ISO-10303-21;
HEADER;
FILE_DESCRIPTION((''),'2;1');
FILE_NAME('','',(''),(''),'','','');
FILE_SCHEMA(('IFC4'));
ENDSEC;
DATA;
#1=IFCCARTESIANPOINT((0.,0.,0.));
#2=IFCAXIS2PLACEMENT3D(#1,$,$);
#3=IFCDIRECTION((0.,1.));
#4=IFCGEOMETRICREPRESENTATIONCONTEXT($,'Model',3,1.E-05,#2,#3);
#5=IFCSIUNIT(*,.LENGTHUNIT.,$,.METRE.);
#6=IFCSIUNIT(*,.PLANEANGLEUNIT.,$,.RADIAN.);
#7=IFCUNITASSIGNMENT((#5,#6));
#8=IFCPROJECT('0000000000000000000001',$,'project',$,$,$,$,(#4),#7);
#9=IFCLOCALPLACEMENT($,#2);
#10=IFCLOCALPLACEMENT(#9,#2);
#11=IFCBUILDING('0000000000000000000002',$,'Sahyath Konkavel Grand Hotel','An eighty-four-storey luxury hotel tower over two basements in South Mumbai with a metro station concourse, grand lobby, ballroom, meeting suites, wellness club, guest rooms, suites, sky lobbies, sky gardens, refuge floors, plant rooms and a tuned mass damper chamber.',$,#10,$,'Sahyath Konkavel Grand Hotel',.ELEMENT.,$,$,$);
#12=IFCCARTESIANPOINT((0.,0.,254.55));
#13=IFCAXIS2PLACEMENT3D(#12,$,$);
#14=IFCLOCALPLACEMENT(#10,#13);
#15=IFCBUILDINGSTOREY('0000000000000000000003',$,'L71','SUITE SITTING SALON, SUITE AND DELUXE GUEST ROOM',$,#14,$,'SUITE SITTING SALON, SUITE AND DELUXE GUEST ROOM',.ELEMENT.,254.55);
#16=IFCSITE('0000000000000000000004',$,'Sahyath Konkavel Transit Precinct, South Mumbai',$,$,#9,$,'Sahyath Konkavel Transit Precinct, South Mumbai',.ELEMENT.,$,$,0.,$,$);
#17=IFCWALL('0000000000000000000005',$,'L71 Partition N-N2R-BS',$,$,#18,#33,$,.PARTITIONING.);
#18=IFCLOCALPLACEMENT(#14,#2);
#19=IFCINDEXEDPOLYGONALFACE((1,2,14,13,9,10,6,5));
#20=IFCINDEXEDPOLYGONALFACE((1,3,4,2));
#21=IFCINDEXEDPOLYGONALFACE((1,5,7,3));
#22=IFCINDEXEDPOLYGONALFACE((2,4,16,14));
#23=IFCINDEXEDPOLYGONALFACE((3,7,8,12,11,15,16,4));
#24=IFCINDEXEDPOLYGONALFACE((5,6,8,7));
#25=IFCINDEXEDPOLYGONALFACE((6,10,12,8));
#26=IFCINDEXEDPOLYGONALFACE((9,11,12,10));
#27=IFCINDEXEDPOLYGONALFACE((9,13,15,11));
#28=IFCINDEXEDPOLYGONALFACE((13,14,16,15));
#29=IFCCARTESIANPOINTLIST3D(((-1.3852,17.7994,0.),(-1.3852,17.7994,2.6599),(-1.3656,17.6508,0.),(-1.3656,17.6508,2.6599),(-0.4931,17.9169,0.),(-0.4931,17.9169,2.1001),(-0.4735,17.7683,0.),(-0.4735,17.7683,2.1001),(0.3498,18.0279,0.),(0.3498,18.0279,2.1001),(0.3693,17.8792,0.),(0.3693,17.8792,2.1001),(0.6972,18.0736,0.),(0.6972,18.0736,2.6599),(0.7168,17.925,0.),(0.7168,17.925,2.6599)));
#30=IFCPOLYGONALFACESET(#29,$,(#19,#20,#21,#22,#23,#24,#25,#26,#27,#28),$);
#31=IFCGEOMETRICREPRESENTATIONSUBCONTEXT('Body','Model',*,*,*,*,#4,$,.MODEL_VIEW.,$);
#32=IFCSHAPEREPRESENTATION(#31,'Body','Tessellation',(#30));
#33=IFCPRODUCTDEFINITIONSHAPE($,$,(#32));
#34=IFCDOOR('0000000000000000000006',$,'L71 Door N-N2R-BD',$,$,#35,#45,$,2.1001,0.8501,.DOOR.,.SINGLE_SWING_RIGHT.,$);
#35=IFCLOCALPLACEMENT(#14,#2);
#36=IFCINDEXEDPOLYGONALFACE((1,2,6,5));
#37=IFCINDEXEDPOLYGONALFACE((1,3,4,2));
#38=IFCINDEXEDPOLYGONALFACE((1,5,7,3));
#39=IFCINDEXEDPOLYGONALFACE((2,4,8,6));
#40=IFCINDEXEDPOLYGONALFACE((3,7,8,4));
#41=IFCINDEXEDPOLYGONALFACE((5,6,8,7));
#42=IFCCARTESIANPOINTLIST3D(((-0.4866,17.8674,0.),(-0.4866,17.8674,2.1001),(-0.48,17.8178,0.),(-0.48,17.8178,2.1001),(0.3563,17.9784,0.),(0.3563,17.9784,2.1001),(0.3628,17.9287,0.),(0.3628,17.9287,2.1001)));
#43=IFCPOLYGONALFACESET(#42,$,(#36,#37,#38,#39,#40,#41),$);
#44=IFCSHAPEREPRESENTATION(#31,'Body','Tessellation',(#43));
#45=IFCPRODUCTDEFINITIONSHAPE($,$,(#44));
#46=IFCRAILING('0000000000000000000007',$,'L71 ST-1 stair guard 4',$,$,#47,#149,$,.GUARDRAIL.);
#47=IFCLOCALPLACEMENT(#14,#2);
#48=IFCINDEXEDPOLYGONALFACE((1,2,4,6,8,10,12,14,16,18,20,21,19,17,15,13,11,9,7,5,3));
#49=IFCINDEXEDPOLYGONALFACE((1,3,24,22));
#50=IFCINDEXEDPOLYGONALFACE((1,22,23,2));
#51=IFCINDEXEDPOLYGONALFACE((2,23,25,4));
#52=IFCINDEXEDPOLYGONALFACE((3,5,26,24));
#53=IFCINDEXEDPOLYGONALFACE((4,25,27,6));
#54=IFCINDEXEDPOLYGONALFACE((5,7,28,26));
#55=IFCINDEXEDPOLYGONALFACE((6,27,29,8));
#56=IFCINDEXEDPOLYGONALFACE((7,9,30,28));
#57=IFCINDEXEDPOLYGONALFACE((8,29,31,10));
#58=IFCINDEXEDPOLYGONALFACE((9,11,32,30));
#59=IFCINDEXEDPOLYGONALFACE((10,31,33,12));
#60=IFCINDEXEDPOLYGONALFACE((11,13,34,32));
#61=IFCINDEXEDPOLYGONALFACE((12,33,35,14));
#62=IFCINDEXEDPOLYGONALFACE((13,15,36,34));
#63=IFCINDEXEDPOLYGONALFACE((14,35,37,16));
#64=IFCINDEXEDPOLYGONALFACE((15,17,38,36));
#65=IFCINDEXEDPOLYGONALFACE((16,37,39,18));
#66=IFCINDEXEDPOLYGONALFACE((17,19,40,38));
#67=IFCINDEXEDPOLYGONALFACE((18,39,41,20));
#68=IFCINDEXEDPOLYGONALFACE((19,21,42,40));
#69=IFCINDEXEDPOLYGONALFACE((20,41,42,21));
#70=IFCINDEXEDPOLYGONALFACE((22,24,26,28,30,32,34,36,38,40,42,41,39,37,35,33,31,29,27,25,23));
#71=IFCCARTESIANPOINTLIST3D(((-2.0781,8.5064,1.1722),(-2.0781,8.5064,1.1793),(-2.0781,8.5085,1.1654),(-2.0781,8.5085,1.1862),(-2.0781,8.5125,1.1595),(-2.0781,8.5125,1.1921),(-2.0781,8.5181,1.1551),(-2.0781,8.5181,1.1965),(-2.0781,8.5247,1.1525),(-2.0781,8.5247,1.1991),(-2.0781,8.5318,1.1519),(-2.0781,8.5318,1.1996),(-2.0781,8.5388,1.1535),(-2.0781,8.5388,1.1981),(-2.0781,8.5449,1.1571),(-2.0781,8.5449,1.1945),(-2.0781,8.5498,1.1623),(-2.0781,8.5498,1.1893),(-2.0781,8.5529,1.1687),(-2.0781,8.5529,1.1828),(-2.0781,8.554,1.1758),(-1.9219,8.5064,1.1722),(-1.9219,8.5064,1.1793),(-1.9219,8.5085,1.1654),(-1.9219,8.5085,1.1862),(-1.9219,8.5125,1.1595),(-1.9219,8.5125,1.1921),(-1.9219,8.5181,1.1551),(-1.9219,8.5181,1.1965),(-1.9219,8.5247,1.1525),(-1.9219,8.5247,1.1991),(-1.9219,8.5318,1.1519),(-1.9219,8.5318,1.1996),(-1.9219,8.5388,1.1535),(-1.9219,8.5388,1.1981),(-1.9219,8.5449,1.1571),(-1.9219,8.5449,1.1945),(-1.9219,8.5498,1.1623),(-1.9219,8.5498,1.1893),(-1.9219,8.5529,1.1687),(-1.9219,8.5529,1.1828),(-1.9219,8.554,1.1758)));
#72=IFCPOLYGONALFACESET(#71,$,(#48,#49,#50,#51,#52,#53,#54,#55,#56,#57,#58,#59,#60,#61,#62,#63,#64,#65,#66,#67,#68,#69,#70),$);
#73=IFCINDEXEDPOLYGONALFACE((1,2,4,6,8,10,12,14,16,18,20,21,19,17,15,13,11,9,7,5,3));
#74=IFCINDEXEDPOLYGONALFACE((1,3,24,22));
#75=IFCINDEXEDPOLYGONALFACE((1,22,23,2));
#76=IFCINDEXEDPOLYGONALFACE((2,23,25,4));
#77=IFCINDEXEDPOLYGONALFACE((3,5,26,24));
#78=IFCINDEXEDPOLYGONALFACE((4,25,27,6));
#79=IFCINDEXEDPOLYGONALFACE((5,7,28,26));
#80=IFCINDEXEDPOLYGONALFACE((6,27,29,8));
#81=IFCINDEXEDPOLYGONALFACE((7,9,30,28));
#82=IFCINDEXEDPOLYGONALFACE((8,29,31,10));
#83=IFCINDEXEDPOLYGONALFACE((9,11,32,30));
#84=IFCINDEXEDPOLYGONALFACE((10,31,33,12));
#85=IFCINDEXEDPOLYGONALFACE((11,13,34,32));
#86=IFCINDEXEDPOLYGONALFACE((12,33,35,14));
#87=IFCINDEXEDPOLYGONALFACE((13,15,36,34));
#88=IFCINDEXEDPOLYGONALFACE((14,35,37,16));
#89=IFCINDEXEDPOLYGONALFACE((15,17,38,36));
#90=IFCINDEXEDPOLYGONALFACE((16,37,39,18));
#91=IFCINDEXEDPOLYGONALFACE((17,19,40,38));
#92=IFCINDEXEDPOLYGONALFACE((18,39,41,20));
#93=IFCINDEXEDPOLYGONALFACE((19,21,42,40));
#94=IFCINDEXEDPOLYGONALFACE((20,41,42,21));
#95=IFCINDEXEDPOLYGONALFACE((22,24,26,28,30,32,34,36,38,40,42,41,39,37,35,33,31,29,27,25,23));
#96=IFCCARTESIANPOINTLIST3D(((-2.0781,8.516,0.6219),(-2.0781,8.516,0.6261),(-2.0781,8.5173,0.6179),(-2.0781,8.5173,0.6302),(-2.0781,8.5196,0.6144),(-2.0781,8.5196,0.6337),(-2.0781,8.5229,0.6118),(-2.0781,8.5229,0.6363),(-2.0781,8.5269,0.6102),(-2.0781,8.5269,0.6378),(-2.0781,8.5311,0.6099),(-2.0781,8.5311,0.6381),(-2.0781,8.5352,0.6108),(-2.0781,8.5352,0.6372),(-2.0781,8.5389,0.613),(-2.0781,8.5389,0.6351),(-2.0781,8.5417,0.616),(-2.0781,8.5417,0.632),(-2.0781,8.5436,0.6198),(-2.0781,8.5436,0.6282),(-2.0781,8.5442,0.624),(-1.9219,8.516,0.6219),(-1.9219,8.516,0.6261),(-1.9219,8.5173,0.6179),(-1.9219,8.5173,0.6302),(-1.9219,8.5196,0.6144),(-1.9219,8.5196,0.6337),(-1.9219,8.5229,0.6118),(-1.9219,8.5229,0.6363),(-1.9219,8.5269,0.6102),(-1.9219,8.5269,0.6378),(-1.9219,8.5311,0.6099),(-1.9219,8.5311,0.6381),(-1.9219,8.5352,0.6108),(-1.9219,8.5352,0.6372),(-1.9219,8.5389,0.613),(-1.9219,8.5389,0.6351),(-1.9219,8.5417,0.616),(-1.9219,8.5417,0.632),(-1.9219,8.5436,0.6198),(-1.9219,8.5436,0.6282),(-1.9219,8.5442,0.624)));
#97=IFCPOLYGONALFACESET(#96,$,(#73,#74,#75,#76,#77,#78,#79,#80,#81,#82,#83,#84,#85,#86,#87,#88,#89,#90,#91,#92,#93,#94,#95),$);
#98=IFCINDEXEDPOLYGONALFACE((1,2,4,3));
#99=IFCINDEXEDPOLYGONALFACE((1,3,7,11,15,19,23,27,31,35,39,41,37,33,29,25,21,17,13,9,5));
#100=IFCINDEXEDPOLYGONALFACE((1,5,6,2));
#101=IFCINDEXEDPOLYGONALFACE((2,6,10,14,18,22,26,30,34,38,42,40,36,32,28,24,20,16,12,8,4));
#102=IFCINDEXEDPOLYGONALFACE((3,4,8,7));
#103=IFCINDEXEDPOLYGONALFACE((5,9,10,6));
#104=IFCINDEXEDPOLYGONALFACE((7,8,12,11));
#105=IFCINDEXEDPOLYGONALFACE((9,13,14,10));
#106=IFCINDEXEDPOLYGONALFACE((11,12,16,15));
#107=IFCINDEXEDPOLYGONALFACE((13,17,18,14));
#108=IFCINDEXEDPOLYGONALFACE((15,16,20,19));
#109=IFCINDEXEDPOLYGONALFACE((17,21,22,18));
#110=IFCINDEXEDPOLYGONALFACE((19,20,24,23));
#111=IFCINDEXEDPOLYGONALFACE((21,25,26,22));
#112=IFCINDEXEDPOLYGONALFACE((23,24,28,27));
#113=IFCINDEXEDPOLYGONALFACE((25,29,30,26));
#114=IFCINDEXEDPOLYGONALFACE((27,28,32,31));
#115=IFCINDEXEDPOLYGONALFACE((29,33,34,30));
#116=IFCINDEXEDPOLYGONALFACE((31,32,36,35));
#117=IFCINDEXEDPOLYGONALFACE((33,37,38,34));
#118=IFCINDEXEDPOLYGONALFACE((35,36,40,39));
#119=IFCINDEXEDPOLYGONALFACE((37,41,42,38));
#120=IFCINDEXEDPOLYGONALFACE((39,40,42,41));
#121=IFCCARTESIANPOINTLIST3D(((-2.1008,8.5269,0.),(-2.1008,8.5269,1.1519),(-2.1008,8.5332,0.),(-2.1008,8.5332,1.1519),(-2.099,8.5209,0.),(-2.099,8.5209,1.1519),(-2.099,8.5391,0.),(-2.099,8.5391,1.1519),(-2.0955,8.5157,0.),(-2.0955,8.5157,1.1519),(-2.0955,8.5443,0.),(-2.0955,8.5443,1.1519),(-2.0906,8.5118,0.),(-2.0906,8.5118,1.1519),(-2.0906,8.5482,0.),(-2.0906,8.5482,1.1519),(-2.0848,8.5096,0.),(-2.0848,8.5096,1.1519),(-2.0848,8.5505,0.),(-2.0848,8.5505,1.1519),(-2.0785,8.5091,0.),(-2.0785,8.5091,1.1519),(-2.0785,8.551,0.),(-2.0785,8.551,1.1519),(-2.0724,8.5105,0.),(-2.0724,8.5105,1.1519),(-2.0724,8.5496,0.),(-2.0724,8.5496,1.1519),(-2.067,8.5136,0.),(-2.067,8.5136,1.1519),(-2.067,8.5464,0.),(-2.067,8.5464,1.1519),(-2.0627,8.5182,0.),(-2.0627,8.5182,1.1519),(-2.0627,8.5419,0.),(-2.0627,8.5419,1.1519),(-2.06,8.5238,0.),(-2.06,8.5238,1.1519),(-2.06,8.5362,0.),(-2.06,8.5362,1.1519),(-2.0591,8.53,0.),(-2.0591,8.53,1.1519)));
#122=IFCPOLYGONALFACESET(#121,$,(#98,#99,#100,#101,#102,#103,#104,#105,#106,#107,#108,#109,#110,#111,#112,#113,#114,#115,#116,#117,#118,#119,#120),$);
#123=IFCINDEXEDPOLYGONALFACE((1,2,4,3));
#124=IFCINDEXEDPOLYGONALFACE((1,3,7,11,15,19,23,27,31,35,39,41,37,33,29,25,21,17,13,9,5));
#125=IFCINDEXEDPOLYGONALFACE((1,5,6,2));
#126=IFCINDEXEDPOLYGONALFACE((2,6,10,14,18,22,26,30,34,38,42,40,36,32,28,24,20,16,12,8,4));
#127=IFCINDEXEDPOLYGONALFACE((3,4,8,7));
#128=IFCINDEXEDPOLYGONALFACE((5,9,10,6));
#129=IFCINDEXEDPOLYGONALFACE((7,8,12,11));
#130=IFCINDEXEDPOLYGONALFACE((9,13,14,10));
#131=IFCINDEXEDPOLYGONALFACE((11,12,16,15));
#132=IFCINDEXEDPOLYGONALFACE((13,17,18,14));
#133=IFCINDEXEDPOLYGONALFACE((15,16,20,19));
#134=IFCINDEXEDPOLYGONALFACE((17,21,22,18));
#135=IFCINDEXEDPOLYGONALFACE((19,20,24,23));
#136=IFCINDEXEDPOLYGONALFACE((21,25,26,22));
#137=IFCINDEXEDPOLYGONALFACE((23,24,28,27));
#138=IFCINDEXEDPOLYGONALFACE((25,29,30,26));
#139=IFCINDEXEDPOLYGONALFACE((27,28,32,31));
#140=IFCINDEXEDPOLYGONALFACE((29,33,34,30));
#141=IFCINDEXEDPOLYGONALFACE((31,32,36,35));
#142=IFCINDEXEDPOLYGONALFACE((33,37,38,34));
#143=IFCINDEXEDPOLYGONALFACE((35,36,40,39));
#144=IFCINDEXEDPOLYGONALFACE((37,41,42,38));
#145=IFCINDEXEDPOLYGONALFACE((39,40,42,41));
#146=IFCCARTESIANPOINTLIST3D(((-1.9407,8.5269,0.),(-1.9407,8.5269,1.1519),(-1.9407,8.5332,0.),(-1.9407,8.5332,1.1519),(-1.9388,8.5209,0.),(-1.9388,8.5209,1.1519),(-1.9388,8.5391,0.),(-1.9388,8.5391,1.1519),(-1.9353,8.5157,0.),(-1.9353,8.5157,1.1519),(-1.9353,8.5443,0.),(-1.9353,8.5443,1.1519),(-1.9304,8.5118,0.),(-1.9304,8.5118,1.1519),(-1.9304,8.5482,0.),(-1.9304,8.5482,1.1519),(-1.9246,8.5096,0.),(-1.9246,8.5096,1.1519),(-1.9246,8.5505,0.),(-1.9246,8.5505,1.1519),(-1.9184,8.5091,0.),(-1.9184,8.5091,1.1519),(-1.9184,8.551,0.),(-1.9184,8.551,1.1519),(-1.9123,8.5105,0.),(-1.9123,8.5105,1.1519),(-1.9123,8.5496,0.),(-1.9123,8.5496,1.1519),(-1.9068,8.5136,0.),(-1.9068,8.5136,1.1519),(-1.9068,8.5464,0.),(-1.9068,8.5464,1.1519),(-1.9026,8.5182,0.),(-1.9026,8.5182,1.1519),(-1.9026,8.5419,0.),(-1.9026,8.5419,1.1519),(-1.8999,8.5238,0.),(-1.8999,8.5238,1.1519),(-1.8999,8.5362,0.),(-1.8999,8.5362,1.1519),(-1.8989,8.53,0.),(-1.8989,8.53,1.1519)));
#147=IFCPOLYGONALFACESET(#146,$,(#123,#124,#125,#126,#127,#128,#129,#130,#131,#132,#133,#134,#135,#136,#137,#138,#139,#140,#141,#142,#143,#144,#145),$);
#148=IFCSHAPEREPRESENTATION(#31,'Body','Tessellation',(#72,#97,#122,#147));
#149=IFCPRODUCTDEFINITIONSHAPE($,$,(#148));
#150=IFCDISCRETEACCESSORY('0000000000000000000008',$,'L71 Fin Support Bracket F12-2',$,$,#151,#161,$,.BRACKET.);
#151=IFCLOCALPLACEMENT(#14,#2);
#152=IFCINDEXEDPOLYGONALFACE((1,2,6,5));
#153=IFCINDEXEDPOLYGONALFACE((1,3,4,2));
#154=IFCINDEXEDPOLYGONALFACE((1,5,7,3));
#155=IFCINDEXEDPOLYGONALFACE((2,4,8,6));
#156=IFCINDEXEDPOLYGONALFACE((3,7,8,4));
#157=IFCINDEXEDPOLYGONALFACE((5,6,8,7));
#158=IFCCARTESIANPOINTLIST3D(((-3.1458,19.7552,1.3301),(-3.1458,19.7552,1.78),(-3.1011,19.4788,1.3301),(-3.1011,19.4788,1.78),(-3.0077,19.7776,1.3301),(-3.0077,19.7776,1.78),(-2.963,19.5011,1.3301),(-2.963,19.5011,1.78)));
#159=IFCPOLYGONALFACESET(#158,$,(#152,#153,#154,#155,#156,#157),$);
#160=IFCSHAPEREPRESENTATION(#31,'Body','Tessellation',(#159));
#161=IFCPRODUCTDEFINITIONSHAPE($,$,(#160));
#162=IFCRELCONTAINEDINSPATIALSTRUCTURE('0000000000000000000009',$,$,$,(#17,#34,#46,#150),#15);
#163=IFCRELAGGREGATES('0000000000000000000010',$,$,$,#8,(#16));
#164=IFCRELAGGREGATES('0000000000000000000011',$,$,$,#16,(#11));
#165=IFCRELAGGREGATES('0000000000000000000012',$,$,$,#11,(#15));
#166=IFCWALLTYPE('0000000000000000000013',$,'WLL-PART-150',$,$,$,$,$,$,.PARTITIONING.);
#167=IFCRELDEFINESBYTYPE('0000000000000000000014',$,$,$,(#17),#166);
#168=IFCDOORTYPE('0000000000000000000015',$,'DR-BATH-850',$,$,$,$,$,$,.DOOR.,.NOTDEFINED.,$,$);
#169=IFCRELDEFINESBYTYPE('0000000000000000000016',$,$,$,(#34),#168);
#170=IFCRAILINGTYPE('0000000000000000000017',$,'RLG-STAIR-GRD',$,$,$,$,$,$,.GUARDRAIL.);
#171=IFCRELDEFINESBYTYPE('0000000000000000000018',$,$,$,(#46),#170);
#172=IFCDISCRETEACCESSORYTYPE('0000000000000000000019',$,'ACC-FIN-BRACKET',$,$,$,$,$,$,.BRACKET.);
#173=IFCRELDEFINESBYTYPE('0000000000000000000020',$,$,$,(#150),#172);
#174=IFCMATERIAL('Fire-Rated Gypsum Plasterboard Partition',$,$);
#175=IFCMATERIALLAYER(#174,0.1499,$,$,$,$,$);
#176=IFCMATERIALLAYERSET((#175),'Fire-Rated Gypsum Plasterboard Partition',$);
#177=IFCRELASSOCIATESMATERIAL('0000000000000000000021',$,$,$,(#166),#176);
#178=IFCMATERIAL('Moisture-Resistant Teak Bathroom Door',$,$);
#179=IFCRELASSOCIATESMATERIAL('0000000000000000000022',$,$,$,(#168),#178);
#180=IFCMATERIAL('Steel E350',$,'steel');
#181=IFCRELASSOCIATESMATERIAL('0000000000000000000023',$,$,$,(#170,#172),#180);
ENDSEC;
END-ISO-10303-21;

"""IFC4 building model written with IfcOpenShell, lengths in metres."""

from ifc_helpers import new_model, si_unit, direction, frame, frame_2d, origin, origin_2d, place, context, subcontext, project, spatial, rectangle, circle, extrude, source, transform, mapped, material, layer, layer_set, type_object, element, fill, save


model = new_model("IFC4")

# Units and contexts
model_context = context("Model", 3, precision=1e-05, world=origin(), true_north=direction((0.0, 1.0)))
body_context = subcontext(model_context, "Body", "Model", "MODEL_VIEW")
ifc_project = project(units=[si_unit("LENGTHUNIT", "METRE"), si_unit("PLANEANGLEUNIT", "RADIAN")], contexts=[model_context])

# Site, building, storey
site_placement = place(None, origin())
site = spatial("IfcSite", under=ifc_project, at=site_placement, Name="Sahyath Konkavel Transit Precinct, South Mumbai", LongName="Sahyath Konkavel Transit Precinct, South Mumbai", CompositionType="ELEMENT", RefElevation=0.0)
building_placement = place(site_placement, origin())
building = spatial("IfcBuilding", under=site, at=building_placement, Name="Sahyath Konkavel Grand Hotel", Description="An eighty-four-storey luxury hotel tower over two basements in South Mumbai with a metro station concourse, grand lobby, ballroom, meeting suites, wellness club, guest rooms, suites, sky lobbies, sky gardens, refuge floors, plant rooms and a tuned mass damper chamber.", LongName="Sahyath Konkavel Grand Hotel", CompositionType="ELEMENT")
storey_placement = place(building_placement, frame((0.0, 0.0, 254.55)))
storey = spatial("IfcBuildingStorey", under=building, at=storey_placement, Name="L71", Description="SUITE SITTING SALON, SUITE AND DELUXE GUEST ROOM", LongName="SUITE SITTING SALON, SUITE AND DELUXE GUEST ROOM", CompositionType="ELEMENT", Elevation=254.55)

# Shared definitions
ifc_material_1 = material(Name="Steel E350", Category="steel")

# Shared definitions
ifc_material_2 = material(Name="Fire-Rated Gypsum Plasterboard Partition")
ifc_layer_1 = layer(ifc_material_2, 0.1499)
ifc_layer_set_1 = layer_set([ifc_layer_1], Name="Fire-Rated Gypsum Plasterboard Partition")
wall_type_1 = type_object("IfcWallType", Name="WLL-PART-150", PredefinedType="PARTITIONING", material=ifc_layer_set_1)
shared_shape_1 = source(origin(), body_context, "Body", "SweptSolid", [
    extrude(rectangle(XDim=0.8501, YDim=0.05, at=origin_2d()), origin(), (0.0, 0.0, 1.0), 2.1001),
])

# Wall, opening, door
wall_1_placement = place(storey_placement, frame((-1.3755, 17.7251, 0.0), z_axis=(0.0, 0.0, 1.0), x_axis=(0.991443, 0.130542, 0.0)))
wall_1 = element("IfcWall", 1, at=wall_1_placement, inside=storey, type_object=wall_type_1, Name="L71 Partition N-N2R-BS", PredefinedType="PARTITIONING", context=body_context, shape_type="SweptSolid", body=[
    extrude(rectangle(XDim=2.1003, YDim=0.1499, at=frame_2d((1.0503, 0.0))), origin(), (0.0, 0.0, 1.0), 2.6599),
])
opening_1_placement = place(wall_1_placement, frame((0.8999, 0.0, 0.0)))
opening_1 = element("IfcOpeningElement", 2, at=opening_1_placement, cuts=wall_1, PredefinedType="OPENING", context=body_context, shape_type="SweptSolid", body=[
    extrude(rectangle(XDim=0.8501, YDim=2.1001, at=frame_2d((0.425, 1.05))), frame((0.0, 0.085, 0.0), z_axis=(0.0, -1.0, 0.0), x_axis=(1.0, 0.0, 0.0)), (0.0, 0.0, 1.0), 0.1699),
])
ifc_material_3 = material(Name="Moisture-Resistant Teak Bathroom Door")
door_type_1 = type_object("IfcDoorType", Name="DR-BATH-850", OperationType="NOTDEFINED", PredefinedType="DOOR", material=ifc_material_3)
door_1_placement = place(opening_1_placement, frame((0.425, 0.0, 0.0)))
door_1 = element("IfcDoor", 3, at=door_1_placement, inside=storey, type_object=door_type_1, Name="L71 Door N-N2R-BD", OperationType="SINGLE_SWING_RIGHT", OverallHeight=2.1001, OverallWidth=0.8501, PredefinedType="DOOR", context=body_context, shape_type="MappedRepresentation", body=[
    mapped(shared_shape_1, transform((0.0, 0.0, 0.0), scale=1.0)),
])
fill(opening_1, door_1)

# Railing
railing_type = type_object("IfcRailingType", Name="RLG-STAIR-GRD", PredefinedType="GUARDRAIL", material=ifc_material_1)
railing_placement = place(storey_placement, frame((-2.0801, 8.53, 0.0)))
element("IfcRailing", 4, at=railing_placement, inside=storey, type_object=railing_type, Name="L71 ST-1 stair guard 4", PredefinedType="GUARDRAIL", context=body_context, shape_type="SweptSolid", body=[
    extrude(circle(Radius=0.0239, at=origin_2d()), frame((0.002, 0.0, 1.1758), z_axis=(1.0, 0.0, 0.0), x_axis=(0.0, 1.0, 0.0)), (0.0, 0.0, 1.0), 0.1562),
    extrude(circle(Radius=0.0142, at=origin_2d()), frame((0.002, 0.0, 0.624), z_axis=(1.0, 0.0, 0.0), x_axis=(0.0, 1.0, 0.0)), (0.0, 0.0, 1.0), 0.1562),
    extrude(circle(Radius=0.021, at=origin_2d()), origin(), (0.0, 0.0, 1.0), 1.1519),
    extrude(circle(Radius=0.021, at=origin_2d()), frame((0.1602, 0.0, 0.0)), (0.0, 0.0, 1.0), 1.1519),
])

# Discrete accessory
discrete_accessory_type = type_object("IfcDiscreteAccessoryType", Name="ACC-FIN-BRACKET", PredefinedType="BRACKET", material=ifc_material_1)
shared_shape_2 = source(origin(), body_context, "Body", "SweptSolid", [
    extrude(rectangle(XDim=0.28, YDim=0.1399, at=origin_2d()), origin(), (0.0, 0.0, 1.0), 0.45),
])
discrete_accessory_placement = place(storey_placement, frame((-3.0544, 19.6282, 1.3301), z_axis=(0.0, 0.0, 1.0), x_axis=(-0.159606, 0.987181, 0.0)))
element("IfcDiscreteAccessory", 5, at=discrete_accessory_placement, inside=storey, type_object=discrete_accessory_type, Name="L71 Fin Support Bracket F12-2", PredefinedType="BRACKET", context=body_context, shape_type="MappedRepresentation", body=[
    mapped(shared_shape_2, transform((0.0, 0.0, 0.0), scale=1.0)),
])

save(model, "model.ifc")
